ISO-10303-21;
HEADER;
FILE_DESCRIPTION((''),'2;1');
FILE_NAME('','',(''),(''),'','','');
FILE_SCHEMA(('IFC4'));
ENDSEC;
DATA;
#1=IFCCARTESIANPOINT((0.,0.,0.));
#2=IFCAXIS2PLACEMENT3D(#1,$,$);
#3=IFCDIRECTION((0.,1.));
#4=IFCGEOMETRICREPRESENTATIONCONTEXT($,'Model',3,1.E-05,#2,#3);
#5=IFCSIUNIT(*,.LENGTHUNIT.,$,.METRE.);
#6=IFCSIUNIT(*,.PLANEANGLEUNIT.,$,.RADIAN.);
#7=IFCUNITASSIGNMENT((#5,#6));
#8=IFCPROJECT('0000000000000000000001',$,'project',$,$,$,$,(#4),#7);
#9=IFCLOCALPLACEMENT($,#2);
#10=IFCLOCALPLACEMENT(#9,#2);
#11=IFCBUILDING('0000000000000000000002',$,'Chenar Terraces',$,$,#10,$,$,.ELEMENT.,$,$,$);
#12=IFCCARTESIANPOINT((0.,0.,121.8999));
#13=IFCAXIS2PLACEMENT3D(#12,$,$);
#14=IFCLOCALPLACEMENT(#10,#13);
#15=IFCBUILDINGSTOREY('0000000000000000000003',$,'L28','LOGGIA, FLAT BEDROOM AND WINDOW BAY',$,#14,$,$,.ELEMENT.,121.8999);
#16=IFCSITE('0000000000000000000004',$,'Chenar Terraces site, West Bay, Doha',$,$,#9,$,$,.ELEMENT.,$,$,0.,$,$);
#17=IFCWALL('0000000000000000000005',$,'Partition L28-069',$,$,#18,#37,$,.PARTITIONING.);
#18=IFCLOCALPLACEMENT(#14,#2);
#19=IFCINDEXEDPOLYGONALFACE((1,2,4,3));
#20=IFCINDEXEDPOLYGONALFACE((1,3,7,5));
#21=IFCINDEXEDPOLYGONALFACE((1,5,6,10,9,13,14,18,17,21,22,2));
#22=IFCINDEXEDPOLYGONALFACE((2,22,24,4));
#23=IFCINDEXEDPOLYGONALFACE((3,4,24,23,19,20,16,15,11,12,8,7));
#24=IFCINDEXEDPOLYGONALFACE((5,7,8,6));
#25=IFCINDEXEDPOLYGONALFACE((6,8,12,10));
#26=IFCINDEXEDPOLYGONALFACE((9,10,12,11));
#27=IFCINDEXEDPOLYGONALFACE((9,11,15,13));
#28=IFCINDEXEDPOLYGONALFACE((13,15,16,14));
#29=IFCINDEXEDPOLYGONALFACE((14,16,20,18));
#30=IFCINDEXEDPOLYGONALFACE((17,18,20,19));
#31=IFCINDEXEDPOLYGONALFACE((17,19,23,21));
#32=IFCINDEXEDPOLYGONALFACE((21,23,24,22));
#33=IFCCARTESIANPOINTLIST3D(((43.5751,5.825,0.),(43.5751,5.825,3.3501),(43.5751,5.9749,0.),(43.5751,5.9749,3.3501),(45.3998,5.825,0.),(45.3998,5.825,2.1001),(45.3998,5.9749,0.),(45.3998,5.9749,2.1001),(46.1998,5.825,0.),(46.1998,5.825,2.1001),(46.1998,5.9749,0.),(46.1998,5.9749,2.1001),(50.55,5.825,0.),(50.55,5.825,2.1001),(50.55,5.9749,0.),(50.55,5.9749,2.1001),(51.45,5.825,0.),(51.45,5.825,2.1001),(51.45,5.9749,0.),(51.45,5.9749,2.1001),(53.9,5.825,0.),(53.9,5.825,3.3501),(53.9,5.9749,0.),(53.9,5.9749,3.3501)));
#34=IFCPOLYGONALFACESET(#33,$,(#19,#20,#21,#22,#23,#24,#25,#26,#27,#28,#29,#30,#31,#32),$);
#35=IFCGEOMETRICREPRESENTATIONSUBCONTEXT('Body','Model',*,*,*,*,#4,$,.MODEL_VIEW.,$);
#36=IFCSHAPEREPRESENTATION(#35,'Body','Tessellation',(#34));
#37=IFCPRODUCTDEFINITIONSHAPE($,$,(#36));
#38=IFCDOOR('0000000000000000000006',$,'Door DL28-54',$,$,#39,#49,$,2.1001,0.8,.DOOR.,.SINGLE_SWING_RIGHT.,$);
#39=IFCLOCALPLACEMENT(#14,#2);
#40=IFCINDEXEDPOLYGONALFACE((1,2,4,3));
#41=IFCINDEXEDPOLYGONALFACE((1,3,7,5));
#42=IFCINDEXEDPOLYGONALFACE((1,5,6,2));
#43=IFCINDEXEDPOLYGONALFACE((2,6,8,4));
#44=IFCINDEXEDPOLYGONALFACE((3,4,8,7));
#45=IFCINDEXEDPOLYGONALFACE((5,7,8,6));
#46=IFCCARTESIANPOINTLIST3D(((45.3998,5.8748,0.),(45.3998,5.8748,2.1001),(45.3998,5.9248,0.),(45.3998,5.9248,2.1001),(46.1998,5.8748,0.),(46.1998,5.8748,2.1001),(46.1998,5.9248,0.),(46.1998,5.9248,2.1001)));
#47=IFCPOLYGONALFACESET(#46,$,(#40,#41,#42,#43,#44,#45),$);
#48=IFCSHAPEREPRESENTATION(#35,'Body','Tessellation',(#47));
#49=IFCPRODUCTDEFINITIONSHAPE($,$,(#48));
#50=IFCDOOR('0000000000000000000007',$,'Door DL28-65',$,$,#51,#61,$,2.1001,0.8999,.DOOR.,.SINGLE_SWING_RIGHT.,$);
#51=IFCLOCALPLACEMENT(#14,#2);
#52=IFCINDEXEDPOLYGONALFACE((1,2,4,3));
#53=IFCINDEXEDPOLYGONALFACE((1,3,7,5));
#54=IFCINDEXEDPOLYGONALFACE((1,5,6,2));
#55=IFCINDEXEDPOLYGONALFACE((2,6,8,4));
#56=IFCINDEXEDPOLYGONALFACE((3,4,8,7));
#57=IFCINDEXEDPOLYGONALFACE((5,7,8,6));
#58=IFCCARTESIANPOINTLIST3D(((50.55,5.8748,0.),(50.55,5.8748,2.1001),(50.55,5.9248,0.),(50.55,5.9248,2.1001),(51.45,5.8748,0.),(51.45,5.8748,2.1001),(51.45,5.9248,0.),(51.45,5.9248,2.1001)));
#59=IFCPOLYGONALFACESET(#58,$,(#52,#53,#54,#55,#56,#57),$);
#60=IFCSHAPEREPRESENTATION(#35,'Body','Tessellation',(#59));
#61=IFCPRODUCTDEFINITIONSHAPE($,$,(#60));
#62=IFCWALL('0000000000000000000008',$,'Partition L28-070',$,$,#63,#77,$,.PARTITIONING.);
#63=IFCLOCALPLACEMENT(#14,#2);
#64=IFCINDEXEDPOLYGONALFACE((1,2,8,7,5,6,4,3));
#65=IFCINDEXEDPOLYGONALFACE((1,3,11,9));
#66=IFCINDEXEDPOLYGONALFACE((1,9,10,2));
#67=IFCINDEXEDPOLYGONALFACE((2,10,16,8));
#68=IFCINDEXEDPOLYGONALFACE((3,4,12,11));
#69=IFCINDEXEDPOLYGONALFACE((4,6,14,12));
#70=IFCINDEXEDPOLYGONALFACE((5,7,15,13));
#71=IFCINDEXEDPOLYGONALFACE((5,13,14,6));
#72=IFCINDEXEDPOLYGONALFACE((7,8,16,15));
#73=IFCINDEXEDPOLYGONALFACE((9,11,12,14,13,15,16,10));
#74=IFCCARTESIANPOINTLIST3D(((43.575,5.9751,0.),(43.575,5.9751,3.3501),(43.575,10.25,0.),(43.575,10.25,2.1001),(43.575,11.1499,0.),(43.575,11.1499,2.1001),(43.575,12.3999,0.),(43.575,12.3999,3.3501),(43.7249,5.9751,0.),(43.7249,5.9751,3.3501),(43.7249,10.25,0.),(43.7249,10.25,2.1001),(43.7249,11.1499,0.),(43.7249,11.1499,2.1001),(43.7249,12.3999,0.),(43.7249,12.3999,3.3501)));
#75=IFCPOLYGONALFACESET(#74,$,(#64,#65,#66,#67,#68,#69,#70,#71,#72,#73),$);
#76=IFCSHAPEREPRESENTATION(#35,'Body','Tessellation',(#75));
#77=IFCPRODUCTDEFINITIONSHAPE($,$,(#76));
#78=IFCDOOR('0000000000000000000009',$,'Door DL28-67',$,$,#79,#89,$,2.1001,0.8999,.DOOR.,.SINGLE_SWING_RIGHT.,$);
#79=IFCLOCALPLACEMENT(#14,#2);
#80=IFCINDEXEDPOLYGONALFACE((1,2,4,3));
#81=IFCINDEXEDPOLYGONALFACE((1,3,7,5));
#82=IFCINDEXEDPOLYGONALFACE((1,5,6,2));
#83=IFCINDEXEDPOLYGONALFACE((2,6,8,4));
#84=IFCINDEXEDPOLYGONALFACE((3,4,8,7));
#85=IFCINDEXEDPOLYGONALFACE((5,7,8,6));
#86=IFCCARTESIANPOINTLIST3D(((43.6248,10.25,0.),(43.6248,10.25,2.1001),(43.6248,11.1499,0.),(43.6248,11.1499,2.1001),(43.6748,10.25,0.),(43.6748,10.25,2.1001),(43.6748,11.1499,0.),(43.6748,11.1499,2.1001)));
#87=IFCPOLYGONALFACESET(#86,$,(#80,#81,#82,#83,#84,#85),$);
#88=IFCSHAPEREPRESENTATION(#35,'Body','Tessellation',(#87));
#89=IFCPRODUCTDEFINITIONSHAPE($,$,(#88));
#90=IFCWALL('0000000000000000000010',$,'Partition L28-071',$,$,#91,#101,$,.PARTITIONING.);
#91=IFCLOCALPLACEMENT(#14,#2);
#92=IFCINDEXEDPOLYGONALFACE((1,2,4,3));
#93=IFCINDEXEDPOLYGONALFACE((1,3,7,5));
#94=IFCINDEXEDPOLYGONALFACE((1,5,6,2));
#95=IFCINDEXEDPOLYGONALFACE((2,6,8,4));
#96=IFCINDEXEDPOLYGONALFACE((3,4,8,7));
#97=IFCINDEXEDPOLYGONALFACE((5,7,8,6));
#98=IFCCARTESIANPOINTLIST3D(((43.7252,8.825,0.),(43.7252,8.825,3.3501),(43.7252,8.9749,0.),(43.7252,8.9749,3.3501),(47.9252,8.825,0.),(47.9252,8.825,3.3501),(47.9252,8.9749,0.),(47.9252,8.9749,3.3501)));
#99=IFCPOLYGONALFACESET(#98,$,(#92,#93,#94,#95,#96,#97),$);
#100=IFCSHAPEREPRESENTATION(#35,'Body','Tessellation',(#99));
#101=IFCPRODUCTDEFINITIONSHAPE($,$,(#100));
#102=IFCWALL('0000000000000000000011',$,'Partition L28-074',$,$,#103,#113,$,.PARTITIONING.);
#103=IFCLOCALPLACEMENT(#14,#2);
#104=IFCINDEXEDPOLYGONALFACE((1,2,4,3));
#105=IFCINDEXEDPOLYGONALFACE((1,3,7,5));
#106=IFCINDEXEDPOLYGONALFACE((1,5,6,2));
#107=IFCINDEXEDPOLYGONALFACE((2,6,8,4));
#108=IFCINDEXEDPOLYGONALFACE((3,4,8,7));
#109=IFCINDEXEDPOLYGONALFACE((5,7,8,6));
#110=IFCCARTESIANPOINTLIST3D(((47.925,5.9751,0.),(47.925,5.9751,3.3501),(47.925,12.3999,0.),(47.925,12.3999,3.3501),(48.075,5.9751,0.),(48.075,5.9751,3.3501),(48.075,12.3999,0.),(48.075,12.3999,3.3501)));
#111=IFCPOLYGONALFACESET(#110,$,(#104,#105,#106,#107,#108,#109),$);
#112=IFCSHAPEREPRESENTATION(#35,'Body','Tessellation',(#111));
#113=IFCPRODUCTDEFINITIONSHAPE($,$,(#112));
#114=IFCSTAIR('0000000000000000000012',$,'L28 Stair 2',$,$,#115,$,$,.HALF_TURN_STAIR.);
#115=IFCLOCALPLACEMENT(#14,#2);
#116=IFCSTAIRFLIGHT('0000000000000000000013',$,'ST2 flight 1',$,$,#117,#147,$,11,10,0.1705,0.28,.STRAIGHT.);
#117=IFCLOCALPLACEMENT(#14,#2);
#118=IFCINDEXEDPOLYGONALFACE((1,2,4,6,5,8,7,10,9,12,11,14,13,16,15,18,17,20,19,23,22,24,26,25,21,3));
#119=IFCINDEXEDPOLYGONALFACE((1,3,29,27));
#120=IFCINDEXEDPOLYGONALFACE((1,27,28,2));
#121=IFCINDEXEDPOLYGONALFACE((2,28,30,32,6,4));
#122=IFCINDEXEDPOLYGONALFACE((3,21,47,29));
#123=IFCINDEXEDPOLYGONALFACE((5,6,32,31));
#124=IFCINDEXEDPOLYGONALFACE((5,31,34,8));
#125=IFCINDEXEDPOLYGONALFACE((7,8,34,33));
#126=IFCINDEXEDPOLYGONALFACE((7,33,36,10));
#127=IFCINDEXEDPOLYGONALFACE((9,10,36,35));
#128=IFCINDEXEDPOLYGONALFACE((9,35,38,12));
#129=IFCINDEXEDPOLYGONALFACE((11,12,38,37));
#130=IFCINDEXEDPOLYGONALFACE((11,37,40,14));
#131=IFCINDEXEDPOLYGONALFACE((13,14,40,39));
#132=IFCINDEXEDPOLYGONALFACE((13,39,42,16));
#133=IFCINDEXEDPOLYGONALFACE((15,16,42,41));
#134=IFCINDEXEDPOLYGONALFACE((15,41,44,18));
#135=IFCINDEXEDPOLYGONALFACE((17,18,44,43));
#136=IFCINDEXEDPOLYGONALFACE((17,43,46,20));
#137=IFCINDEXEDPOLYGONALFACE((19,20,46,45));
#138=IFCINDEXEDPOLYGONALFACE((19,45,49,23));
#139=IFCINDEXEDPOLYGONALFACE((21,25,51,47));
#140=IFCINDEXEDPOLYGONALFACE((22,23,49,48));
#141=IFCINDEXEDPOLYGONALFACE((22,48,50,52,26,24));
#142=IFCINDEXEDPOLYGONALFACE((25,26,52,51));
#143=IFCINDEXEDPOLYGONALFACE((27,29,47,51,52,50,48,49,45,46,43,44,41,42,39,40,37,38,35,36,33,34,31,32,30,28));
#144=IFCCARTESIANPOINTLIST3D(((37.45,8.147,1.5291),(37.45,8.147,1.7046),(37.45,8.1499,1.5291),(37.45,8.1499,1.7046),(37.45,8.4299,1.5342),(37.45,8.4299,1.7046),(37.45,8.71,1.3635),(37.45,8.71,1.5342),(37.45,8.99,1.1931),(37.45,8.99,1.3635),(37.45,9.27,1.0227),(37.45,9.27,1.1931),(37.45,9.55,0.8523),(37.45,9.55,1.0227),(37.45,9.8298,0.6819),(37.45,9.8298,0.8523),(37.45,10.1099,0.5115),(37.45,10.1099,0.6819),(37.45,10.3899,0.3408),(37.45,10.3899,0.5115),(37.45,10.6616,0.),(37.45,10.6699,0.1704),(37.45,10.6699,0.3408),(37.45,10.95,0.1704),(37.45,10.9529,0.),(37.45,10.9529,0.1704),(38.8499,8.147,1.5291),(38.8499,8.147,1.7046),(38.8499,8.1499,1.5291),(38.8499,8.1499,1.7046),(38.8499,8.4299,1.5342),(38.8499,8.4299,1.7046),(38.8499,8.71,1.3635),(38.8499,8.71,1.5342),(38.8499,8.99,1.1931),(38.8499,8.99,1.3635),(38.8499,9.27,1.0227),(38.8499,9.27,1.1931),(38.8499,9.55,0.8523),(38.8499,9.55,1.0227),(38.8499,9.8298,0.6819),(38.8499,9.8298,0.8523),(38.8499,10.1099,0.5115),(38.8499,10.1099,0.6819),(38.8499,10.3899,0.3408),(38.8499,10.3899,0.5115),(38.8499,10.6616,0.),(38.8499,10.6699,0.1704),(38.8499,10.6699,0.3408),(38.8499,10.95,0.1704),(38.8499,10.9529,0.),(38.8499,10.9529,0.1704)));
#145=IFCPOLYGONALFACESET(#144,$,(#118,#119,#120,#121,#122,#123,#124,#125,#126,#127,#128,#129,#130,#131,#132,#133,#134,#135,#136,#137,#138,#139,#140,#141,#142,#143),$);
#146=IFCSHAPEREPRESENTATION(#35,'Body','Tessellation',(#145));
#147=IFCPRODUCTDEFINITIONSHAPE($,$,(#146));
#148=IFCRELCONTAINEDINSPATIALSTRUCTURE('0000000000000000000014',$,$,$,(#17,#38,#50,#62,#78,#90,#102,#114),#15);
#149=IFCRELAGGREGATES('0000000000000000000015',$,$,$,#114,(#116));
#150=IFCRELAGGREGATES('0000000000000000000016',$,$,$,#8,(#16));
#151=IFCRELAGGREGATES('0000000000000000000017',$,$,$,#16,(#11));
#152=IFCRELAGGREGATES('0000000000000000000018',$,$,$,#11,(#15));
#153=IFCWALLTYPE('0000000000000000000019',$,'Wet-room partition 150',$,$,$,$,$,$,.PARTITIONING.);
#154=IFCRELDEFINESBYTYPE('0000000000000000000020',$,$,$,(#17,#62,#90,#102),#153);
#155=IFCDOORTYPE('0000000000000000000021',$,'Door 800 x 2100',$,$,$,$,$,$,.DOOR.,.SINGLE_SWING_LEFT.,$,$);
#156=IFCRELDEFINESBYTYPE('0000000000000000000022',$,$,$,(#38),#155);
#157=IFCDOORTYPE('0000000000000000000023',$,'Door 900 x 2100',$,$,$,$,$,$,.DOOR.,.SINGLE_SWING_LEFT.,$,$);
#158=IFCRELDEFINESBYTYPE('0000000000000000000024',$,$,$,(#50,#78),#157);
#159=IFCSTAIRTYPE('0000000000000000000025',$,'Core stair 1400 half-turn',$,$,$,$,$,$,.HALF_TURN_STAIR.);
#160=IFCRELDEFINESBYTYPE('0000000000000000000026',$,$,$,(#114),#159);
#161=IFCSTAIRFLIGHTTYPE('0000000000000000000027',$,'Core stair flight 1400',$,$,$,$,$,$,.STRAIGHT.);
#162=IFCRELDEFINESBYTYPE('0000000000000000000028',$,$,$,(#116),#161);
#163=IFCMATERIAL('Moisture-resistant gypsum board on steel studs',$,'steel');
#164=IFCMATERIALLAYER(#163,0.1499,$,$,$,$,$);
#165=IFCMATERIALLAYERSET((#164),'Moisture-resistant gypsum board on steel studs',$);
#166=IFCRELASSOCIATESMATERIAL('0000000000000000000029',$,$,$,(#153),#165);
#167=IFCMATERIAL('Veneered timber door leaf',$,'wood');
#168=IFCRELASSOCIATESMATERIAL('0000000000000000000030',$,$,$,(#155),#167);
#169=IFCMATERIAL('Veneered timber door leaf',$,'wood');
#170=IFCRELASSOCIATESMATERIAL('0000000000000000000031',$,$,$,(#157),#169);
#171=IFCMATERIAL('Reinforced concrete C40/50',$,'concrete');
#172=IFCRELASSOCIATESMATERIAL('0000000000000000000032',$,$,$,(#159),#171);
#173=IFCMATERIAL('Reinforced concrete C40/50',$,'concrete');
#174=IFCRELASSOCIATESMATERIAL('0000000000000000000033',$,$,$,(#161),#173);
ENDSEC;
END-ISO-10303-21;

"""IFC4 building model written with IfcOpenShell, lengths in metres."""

from ifc_helpers import new_model, si_unit, direction, frame, frame_2d, origin, place, context, subcontext, project, spatial, polyline, rectangle, outline, extrude, material, layer, layer_set, type_object, element, fill, aggregate, save


model = new_model("IFC4")

# Units and contexts
model_context = context("Model", 3, precision=1e-05, world=origin(), true_north=direction((0.0, 1.0)))
body_context = subcontext(model_context, "Body", "Model", "MODEL_VIEW")
ifc_project = project(units=[si_unit("LENGTHUNIT", "METRE"), si_unit("PLANEANGLEUNIT", "RADIAN")], contexts=[model_context])

# Site, building, storey
site_placement = place(None, origin())
site = spatial("IfcSite", under=ifc_project, at=site_placement, Name="Chenar Terraces site, West Bay, Doha", CompositionType="ELEMENT", RefElevation=0.0)
building_placement = place(site_placement, origin())
building = spatial("IfcBuilding", under=site, at=building_placement, Name="Chenar Terraces", CompositionType="ELEMENT")
storey_placement = place(building_placement, frame((0.0, 0.0, 121.8999)))
storey = spatial("IfcBuildingStorey", under=building, at=storey_placement, Name="L28", Description="LOGGIA, FLAT BEDROOM AND WINDOW BAY", CompositionType="ELEMENT", Elevation=121.8999)

# Wall, openings, doors
ifc_material_1 = material(Name="Moisture-resistant gypsum board on steel studs", Category="steel")
ifc_layer_1 = layer(ifc_material_1, 0.1499)
ifc_layer_set_1 = layer_set([ifc_layer_1], Name="Moisture-resistant gypsum board on steel studs")
wall_type_1 = type_object("IfcWallType", Name="Wet-room partition 150", PredefinedType="PARTITIONING", material=ifc_layer_set_1)
wall_1_placement = place(storey_placement, frame((43.575, 5.8999, 0.0), z_axis=(0.0, 0.0, 1.0), x_axis=(1.0, 0.0, 0.0)))
wall_1 = element("IfcWall", 1, at=wall_1_placement, inside=storey, type_object=wall_type_1, Name="Partition L28-069", PredefinedType="PARTITIONING", context=body_context, shape_type="SweptSolid", body=[
    extrude(rectangle(XDim=10.325, YDim=0.1499, at=frame_2d((5.1626, 0.0))), origin(), (0.0, 0.0, 1.0), 3.3501),
])
opening_1_placement = place(wall_1_placement, frame((1.825, 0.0, 0.0)))
opening_1 = element("IfcOpeningElement", 2, at=opening_1_placement, cuts=wall_1, PredefinedType="OPENING", context=body_context, shape_type="SweptSolid", body=[
    extrude(rectangle(XDim=0.8, YDim=2.1001, at=frame_2d((0.3999, 1.05))), frame((0.0, 0.085, 0.0), z_axis=(0.0, -1.0, 0.0), x_axis=(1.0, 0.0, 0.0)), (0.0, 0.0, 1.0), 0.1699),
])
opening_2_placement = place(wall_1_placement, frame((6.9751, 0.0, 0.0)))
opening_2 = element("IfcOpeningElement", 3, at=opening_2_placement, cuts=wall_1, PredefinedType="OPENING", context=body_context, shape_type="SweptSolid", body=[
    extrude(rectangle(XDim=0.8999, YDim=2.1001, at=frame_2d((0.45, 1.05))), frame((0.0, 0.085, 0.0), z_axis=(0.0, -1.0, 0.0), x_axis=(1.0, 0.0, 0.0)), (0.0, 0.0, 1.0), 0.1699),
])
ifc_material_2 = material(Name="Veneered timber door leaf", Category="wood")
door_type_1 = type_object("IfcDoorType", Name="Door 800 x 2100", OperationType="SINGLE_SWING_LEFT", PredefinedType="DOOR", material=ifc_material_2)
door_1_placement = place(opening_1_placement, origin())
door_1 = element("IfcDoor", 4, at=door_1_placement, inside=storey, type_object=door_type_1, Name="Door DL28-54", OperationType="SINGLE_SWING_RIGHT", OverallHeight=2.1001, OverallWidth=0.8, PredefinedType="DOOR", context=body_context, shape_type="SweptSolid", body=[
    extrude(rectangle(XDim=0.8, YDim=2.1001, at=frame_2d((0.3999, 1.05))), frame((0.0, 0.0249, 0.0), z_axis=(0.0, -1.0, 0.0), x_axis=(1.0, 0.0, 0.0)), (0.0, 0.0, 1.0), 0.05),
])
fill(opening_1, door_1)
ifc_material_3 = material(Name="Veneered timber door leaf", Category="wood")
door_type_2 = type_object("IfcDoorType", Name="Door 900 x 2100", OperationType="SINGLE_SWING_LEFT", PredefinedType="DOOR", material=ifc_material_3)
door_2_placement = place(opening_2_placement, origin())
door_2 = element("IfcDoor", 5, at=door_2_placement, inside=storey, type_object=door_type_2, Name="Door DL28-65", OperationType="SINGLE_SWING_RIGHT", OverallHeight=2.1001, OverallWidth=0.8999, PredefinedType="DOOR", context=body_context, shape_type="SweptSolid", body=[
    extrude(rectangle(XDim=0.8999, YDim=2.1001, at=frame_2d((0.45, 1.05))), frame((0.0, 0.0249, 0.0), z_axis=(0.0, -1.0, 0.0), x_axis=(1.0, 0.0, 0.0)), (0.0, 0.0, 1.0), 0.05),
])
fill(opening_2, door_2)

# Wall, opening, door
wall_2_placement = place(storey_placement, frame((43.6499, 5.9751, 0.0), z_axis=(0.0, 0.0, 1.0), x_axis=(0.0, 1.0, 0.0)))
wall_2 = element("IfcWall", 6, at=wall_2_placement, inside=storey, type_object=wall_type_1, Name="Partition L28-070", PredefinedType="PARTITIONING", context=body_context, shape_type="SweptSolid", body=[
    extrude(rectangle(XDim=6.4248, YDim=0.1499, at=frame_2d((3.2124, 0.0))), origin(), (0.0, 0.0, 1.0), 3.3501),
])
opening_3_placement = place(wall_2_placement, frame((4.2749, 0.0, 0.0)))
opening_3 = element("IfcOpeningElement", 7, at=opening_3_placement, cuts=wall_2, PredefinedType="OPENING", context=body_context, shape_type="SweptSolid", body=[
    extrude(rectangle(XDim=0.8999, YDim=2.1001, at=frame_2d((0.45, 1.05))), frame((0.0, 0.085, 0.0), z_axis=(0.0, -1.0, 0.0), x_axis=(1.0, 0.0, 0.0)), (0.0, 0.0, 1.0), 0.1699),
])
door_3_placement = place(opening_3_placement, frame((0.8999, 0.0, 0.0), z_axis=(0.0, 0.0, 1.0), x_axis=(-1.0, 0.0, 0.0)))
door_3 = element("IfcDoor", 8, at=door_3_placement, inside=storey, type_object=door_type_2, Name="Door DL28-67", OperationType="SINGLE_SWING_RIGHT", OverallHeight=2.1001, OverallWidth=0.8999, PredefinedType="DOOR", context=body_context, shape_type="SweptSolid", body=[
    extrude(rectangle(XDim=0.8999, YDim=2.1001, at=frame_2d((0.45, 1.05))), frame((0.0, 0.0249, 0.0), z_axis=(0.0, -1.0, 0.0), x_axis=(1.0, 0.0, 0.0)), (0.0, 0.0, 1.0), 0.05),
])
fill(opening_3, door_3)

# Walls
wall_3_placement = place(storey_placement, frame((43.7251, 8.8999, 0.0), z_axis=(0.0, 0.0, 1.0), x_axis=(1.0, 0.0, 0.0)))
element("IfcWall", 9, at=wall_3_placement, inside=storey, type_object=wall_type_1, Name="Partition L28-071", PredefinedType="PARTITIONING", context=body_context, shape_type="SweptSolid", body=[
    extrude(rectangle(XDim=4.2, YDim=0.1499, at=frame_2d((2.1001, 0.0))), origin(), (0.0, 0.0, 1.0), 3.3501),
])
wall_4_placement = place(storey_placement, frame((48.0, 5.9751, 0.0), z_axis=(0.0, 0.0, 1.0), x_axis=(0.0, 1.0, 0.0)))
element("IfcWall", 10, at=wall_4_placement, inside=storey, type_object=wall_type_1, Name="Partition L28-074", PredefinedType="PARTITIONING", context=body_context, shape_type="SweptSolid", body=[
    extrude(rectangle(XDim=6.4248, YDim=0.1499, at=frame_2d((3.2124, 0.0))), origin(), (0.0, 0.0, 1.0), 3.3501),
])

# Stair, stair flight
ifc_material_4 = material(Name="Reinforced concrete C40/50", Category="concrete")
stair_type = type_object("IfcStairType", Name="Core stair 1400 half-turn", PredefinedType="HALF_TURN_STAIR", material=ifc_material_4)
stair_placement = place(storey_placement, origin())
stair = element("IfcStair", 11, at=stair_placement, inside=storey, type_object=stair_type, Name="L28 Stair 2", PredefinedType="HALF_TURN_STAIR")
ifc_material_5 = material(Name="Reinforced concrete C40/50", Category="concrete")
stair_flight_type = type_object("IfcStairFlightType", Name="Core stair flight 1400", PredefinedType="STRAIGHT", material=ifc_material_5)
stair_flight_1_placement = place(storey_placement, frame((38.1499, 10.95, 0.0), z_axis=(0.0, 0.0, 1.0), x_axis=(0.0, -1.0, 0.0)))
stair_flight_1 = element("IfcStairFlight", 12, at=stair_flight_1_placement, type_object=stair_flight_type, Name="ST2 flight 1", NumberOfRisers=11, NumberOfTreads=10, PredefinedType="STRAIGHT", RiserHeight=0.1705, TreadLength=0.28, context=body_context, shape_type="SweptSolid", body=[
    extrude(outline(polyline([(-0.0029, 0.0), (-0.0029, 0.1704), (0.0, 0.1704), (0.28, 0.1704), (0.28, 0.3408), (0.5601, 0.3408), (0.5601, 0.5115), (0.8401, 0.5115), (0.8401, 0.6819), (1.1201, 0.6819), (1.1201, 0.8523), (1.3999, 0.8523), (1.3999, 1.0227), (1.6799, 1.0227), (1.6799, 1.1931), (1.96, 1.1931), (1.96, 1.3635), (2.24, 1.3635), (2.24, 1.5342), (2.52, 1.5342), (2.52, 1.7046), (2.8, 1.7046), (2.803, 1.7046), (2.803, 1.5291), (2.8, 1.5291), (0.2883, 0.0), (-0.0029, 0.0)])), frame((0.0, 0.7, 0.0), z_axis=(0.0, -1.0, 0.0), x_axis=(1.0, 0.0, 0.0)), (0.0, 0.0, 1.0), 1.3999),
])
aggregate(stair, [stair_flight_1])

save(model, "model.ifc")
